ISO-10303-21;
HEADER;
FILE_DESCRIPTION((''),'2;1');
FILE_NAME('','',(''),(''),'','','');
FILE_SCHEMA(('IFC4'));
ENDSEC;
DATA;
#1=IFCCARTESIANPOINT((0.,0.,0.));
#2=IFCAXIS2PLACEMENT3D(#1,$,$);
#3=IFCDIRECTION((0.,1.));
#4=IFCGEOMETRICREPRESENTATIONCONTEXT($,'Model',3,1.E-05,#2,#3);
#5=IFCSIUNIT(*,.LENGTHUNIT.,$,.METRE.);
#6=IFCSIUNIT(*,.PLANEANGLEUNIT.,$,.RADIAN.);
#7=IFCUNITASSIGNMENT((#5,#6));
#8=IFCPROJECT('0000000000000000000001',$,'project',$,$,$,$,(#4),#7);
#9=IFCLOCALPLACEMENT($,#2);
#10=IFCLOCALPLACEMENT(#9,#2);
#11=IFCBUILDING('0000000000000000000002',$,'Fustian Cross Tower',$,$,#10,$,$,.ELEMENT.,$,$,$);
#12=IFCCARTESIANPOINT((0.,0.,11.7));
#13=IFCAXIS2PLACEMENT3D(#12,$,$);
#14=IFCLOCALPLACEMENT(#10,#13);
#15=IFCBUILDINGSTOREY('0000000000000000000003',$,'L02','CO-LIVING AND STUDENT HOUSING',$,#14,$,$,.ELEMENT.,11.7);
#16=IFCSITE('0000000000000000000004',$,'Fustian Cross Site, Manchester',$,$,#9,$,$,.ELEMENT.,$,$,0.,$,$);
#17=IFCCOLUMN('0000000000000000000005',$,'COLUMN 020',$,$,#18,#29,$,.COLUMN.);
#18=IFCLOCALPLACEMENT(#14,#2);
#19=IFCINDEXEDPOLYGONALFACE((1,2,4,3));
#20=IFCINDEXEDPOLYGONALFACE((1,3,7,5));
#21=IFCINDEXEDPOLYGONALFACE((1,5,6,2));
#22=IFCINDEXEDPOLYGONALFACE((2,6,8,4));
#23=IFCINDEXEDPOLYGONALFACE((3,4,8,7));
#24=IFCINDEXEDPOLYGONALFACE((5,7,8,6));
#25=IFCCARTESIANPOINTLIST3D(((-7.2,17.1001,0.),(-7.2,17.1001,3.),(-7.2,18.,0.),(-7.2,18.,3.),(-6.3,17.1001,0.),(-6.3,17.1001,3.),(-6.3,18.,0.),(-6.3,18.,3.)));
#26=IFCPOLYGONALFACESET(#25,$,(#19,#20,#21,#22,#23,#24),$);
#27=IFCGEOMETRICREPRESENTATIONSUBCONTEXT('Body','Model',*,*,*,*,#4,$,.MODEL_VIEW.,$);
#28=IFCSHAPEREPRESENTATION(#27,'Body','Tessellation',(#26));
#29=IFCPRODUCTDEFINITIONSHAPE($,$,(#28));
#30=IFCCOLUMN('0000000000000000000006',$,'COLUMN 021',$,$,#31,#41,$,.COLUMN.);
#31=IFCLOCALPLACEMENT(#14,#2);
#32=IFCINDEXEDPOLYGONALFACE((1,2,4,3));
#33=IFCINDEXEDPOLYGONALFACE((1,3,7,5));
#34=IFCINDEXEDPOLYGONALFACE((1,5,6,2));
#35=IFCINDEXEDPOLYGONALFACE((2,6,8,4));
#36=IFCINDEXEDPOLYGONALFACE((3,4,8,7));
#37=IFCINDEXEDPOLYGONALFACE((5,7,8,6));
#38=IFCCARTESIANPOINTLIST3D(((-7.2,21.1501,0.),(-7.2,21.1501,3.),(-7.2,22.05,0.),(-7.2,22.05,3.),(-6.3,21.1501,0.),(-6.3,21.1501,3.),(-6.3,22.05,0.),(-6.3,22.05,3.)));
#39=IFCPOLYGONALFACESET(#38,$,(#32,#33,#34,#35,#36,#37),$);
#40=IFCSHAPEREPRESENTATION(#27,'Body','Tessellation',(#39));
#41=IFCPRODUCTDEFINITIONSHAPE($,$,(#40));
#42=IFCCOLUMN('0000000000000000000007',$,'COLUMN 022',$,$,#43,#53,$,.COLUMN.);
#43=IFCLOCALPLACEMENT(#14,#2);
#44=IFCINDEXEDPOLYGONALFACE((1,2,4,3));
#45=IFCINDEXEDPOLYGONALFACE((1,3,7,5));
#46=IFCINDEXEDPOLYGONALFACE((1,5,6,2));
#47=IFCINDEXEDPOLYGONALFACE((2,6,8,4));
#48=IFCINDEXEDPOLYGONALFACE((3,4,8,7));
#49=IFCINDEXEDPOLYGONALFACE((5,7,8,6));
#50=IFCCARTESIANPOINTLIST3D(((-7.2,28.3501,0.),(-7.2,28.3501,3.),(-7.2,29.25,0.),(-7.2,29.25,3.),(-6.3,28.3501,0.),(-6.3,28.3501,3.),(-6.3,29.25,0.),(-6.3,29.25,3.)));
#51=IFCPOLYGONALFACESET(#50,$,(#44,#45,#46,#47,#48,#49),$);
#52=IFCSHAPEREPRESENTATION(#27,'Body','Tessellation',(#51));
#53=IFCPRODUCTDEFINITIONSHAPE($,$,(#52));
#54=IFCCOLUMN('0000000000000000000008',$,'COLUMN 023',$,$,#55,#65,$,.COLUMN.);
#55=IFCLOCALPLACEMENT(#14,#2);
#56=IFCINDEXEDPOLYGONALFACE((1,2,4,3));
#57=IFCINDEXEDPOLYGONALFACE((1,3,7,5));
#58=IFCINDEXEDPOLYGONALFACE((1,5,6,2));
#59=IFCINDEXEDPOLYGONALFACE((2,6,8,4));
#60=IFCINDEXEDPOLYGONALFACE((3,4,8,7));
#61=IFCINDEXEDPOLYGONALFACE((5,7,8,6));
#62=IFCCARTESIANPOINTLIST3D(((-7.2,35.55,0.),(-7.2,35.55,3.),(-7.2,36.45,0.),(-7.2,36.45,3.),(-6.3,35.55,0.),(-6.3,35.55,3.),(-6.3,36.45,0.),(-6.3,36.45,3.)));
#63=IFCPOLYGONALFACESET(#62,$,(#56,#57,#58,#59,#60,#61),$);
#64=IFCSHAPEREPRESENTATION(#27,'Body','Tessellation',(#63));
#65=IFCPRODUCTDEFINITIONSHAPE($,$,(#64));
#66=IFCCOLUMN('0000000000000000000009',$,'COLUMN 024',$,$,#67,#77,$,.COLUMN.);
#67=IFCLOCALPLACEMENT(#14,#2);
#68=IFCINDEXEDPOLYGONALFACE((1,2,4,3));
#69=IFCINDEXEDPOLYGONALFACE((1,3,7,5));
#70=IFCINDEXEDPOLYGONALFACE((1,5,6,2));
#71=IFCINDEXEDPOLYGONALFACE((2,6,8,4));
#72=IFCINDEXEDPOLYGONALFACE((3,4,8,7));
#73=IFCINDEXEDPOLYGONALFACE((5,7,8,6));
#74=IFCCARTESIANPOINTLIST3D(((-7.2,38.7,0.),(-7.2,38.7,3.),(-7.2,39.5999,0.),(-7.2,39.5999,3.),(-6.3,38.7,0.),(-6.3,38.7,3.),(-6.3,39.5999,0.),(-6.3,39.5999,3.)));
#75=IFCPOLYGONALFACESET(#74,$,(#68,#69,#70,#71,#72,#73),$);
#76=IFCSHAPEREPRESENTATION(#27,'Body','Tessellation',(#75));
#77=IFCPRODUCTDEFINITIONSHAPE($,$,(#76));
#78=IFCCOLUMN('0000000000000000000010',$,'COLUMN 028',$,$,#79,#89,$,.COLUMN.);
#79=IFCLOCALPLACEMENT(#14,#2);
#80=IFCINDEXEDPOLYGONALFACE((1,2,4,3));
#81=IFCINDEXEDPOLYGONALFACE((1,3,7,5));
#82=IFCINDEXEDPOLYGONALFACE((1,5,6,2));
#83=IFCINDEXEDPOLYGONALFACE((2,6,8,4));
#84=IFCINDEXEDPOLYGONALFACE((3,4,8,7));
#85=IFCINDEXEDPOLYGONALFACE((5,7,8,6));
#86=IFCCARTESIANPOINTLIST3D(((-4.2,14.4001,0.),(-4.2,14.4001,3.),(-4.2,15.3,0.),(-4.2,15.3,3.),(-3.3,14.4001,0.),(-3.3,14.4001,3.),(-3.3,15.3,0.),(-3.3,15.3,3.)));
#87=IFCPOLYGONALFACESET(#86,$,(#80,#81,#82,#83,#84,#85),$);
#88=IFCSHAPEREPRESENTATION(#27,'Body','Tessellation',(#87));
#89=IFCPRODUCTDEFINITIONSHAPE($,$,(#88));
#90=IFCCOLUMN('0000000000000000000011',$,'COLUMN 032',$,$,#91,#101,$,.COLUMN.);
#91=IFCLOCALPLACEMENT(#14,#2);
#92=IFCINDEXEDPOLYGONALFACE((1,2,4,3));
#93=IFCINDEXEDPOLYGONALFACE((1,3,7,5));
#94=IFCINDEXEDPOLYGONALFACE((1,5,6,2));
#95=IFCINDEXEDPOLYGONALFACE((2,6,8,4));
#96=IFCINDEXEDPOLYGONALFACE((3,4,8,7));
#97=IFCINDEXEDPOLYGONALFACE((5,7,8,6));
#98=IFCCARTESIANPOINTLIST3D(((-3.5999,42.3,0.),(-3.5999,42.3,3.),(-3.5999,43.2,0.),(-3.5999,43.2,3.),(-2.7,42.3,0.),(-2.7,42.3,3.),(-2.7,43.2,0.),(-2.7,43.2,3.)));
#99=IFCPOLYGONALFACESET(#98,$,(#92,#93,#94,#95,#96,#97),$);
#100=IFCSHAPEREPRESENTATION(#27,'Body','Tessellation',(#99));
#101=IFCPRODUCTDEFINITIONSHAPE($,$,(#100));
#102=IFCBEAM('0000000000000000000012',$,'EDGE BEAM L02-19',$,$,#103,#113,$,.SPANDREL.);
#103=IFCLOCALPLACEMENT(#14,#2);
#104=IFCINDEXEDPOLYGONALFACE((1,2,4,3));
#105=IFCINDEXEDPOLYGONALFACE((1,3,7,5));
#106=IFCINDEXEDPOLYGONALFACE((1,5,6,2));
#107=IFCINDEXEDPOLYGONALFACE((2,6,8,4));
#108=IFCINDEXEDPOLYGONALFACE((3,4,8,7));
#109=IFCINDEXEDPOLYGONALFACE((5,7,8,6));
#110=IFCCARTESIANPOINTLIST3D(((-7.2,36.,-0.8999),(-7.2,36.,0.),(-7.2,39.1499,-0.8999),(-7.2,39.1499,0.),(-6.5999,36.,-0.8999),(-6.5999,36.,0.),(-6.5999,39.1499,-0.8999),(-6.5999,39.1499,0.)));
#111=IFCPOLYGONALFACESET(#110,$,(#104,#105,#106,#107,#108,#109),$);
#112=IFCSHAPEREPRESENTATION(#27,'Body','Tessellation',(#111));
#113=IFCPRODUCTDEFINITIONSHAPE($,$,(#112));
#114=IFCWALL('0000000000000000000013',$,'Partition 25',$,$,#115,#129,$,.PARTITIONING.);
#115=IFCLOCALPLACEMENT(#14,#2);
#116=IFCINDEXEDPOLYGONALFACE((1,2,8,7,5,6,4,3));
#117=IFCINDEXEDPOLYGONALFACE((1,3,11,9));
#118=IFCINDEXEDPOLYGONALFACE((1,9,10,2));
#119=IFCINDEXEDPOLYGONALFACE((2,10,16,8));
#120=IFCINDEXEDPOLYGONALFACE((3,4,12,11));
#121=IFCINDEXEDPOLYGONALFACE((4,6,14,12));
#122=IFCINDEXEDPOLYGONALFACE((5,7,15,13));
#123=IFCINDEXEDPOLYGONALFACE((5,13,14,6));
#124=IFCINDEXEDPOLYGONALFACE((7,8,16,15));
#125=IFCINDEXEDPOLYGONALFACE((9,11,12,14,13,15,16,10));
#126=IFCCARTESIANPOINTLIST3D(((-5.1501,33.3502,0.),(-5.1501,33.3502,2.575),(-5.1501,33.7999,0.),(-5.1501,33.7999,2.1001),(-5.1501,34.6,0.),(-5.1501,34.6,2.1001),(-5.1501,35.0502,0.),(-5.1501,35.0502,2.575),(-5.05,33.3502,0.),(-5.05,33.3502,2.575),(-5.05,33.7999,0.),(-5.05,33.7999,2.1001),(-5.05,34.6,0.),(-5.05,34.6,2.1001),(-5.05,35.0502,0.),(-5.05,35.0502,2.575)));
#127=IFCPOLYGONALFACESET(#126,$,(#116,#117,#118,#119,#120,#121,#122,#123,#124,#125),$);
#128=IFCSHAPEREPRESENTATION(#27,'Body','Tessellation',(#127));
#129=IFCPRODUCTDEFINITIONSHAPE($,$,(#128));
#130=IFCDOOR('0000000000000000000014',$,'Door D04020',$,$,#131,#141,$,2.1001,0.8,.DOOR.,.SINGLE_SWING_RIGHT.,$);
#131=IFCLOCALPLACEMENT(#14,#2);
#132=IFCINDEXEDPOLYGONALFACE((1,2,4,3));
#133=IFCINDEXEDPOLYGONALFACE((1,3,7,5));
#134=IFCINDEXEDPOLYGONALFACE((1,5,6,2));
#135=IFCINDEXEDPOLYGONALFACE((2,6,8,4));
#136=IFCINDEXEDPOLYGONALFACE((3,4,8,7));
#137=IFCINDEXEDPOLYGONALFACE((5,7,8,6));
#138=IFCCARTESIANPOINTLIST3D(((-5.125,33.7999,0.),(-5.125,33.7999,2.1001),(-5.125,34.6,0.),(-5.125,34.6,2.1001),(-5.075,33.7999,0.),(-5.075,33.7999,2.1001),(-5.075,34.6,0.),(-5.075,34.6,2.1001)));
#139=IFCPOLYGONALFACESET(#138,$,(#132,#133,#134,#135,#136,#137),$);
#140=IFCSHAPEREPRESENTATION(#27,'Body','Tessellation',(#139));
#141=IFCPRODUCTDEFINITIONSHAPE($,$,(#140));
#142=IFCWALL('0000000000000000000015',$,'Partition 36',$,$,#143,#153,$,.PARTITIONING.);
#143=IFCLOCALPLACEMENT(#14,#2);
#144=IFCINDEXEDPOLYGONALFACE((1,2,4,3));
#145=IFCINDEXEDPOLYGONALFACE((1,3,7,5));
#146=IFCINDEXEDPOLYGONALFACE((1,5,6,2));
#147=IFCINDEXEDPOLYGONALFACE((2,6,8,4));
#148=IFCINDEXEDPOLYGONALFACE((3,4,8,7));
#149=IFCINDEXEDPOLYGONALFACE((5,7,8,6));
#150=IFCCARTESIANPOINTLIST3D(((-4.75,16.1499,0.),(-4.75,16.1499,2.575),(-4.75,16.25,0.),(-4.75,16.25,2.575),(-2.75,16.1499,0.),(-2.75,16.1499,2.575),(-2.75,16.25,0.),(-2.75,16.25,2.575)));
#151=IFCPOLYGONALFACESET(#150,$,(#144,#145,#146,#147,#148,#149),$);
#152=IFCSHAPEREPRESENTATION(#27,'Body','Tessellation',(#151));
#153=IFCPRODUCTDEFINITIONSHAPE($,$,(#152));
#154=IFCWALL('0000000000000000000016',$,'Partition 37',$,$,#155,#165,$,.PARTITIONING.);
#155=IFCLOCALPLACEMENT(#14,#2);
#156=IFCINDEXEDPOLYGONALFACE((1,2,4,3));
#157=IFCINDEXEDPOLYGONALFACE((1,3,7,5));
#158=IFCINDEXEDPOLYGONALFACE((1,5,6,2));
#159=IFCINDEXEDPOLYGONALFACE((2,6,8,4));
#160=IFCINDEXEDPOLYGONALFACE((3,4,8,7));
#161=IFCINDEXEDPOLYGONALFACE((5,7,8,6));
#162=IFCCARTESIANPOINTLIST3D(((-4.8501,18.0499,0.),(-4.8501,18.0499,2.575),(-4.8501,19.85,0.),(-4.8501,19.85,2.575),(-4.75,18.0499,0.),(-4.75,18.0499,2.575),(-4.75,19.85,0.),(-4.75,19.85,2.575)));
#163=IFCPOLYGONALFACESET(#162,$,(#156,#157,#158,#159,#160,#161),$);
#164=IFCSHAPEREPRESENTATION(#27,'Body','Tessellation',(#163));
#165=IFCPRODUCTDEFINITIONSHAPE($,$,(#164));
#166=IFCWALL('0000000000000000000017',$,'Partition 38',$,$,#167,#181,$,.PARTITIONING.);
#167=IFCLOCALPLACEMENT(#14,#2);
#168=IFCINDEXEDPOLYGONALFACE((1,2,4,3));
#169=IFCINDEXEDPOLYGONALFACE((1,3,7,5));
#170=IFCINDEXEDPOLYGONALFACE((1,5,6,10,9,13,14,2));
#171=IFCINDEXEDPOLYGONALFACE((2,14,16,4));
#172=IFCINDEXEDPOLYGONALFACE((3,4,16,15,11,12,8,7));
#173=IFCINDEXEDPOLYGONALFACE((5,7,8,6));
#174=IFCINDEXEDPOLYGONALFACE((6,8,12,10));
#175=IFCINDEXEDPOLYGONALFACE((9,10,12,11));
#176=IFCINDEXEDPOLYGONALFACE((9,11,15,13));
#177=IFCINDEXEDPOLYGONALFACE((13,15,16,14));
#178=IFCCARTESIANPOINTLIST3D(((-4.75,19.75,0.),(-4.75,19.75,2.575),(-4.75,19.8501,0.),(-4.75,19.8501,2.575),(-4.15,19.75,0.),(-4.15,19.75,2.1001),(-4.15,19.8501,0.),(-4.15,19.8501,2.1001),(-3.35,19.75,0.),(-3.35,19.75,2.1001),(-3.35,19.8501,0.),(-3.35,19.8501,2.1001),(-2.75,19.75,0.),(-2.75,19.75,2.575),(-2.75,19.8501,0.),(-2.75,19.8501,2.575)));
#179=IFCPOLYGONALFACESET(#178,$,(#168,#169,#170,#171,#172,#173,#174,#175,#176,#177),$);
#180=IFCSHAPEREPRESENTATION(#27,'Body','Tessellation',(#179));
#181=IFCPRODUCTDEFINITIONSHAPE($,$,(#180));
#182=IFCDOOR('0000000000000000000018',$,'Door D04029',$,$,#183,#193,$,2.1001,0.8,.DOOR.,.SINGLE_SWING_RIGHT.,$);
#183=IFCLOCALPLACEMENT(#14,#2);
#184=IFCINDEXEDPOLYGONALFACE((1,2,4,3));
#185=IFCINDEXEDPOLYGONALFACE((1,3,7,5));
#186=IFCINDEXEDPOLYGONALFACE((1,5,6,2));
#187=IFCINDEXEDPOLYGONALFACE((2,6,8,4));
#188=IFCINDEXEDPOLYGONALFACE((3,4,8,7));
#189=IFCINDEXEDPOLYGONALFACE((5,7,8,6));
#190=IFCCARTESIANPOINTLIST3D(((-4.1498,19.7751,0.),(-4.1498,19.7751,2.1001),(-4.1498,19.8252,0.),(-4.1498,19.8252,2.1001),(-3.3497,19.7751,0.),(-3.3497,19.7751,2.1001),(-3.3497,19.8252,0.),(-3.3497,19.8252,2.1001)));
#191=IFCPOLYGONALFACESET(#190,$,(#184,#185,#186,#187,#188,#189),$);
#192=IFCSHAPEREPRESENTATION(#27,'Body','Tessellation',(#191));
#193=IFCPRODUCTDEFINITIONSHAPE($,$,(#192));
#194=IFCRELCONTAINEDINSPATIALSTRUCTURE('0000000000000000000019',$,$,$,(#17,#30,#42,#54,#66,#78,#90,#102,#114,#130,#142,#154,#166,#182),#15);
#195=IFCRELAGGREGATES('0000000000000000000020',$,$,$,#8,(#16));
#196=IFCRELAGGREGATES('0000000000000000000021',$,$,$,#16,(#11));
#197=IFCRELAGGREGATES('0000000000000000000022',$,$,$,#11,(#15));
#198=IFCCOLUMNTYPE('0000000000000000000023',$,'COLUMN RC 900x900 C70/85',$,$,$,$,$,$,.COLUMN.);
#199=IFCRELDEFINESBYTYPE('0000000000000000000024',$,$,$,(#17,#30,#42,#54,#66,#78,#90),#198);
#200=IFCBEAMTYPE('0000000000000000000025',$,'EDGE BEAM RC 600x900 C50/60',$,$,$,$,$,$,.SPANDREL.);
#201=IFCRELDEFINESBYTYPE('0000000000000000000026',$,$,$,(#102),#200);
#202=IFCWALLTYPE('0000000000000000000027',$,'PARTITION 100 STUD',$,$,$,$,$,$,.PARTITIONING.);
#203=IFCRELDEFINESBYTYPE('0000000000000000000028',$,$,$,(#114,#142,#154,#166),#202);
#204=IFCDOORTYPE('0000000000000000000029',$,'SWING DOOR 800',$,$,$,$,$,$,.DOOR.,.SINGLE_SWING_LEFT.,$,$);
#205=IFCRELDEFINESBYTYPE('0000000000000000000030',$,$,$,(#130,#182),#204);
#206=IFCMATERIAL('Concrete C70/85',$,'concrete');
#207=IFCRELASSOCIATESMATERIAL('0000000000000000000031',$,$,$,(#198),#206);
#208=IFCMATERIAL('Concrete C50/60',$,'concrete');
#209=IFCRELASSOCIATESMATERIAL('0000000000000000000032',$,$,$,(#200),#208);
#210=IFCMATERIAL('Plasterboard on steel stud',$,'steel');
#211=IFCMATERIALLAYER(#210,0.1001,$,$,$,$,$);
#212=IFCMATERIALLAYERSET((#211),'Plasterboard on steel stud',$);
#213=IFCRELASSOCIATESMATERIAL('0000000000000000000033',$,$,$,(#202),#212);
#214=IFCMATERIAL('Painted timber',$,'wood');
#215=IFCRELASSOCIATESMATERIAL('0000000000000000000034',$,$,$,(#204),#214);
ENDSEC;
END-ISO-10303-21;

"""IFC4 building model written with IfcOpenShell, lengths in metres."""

from ifc_helpers import new_model, si_unit, direction, frame, frame_2d, origin, origin_2d, place, context, subcontext, project, spatial, rectangle, extrude, material, layer, layer_set, material_profile, profile_set, type_object, element, fill, save


model = new_model("IFC4")

# Units and contexts
model_context = context("Model", 3, precision=1e-05, world=origin(), true_north=direction((0.0, 1.0)))
body_context = subcontext(model_context, "Body", "Model", "MODEL_VIEW")
ifc_project = project(units=[si_unit("LENGTHUNIT", "METRE"), si_unit("PLANEANGLEUNIT", "RADIAN")], contexts=[model_context])

# Site, building, storey
site_placement = place(None, origin())
site = spatial("IfcSite", under=ifc_project, at=site_placement, Name="Fustian Cross Site, Manchester", CompositionType="ELEMENT", RefElevation=0.0)
building_placement = place(site_placement, origin())
building = spatial("IfcBuilding", under=site, at=building_placement, Name="Fustian Cross Tower", CompositionType="ELEMENT")
storey_placement = place(building_placement, frame((0.0, 0.0, 11.7)))
storey = spatial("IfcBuildingStorey", under=building, at=storey_placement, Name="L02", Description="CO-LIVING AND STUDENT HOUSING", CompositionType="ELEMENT", Elevation=11.7)

# Columns
ifc_material_1 = material(Name="Concrete C70/85", Category="concrete")
ifc_material_profile_1 = material_profile(ifc_material_1, rectangle(XDim=0.8999, YDim=0.8999, at=origin_2d()), Name="RC 900x900")
ifc_profile_set_1 = profile_set([ifc_material_profile_1], Name="Concrete C70/85")
column_type = type_object("IfcColumnType", Name="COLUMN RC 900x900 C70/85", PredefinedType="COLUMN", material=ifc_profile_set_1)
for number, where, z_axis, x_axis, name in (
    (1, (-6.75, 17.55, 0.0), (0.0, 0.0, 1.0), (1.0, 0.0, 0.0), "COLUMN 020"),
    (2, (-6.75, 21.6001, 0.0), (0.0, 0.0, 1.0), (1.0, 0.0, 0.0), "COLUMN 021"),
    (3, (-6.75, 28.8, 0.0), (0.0, 0.0, 1.0), (1.0, 0.0, 0.0), "COLUMN 022"),
    (4, (-6.75, 36.0, 0.0), (0.0, 0.0, 1.0), (1.0, 0.0, 0.0), "COLUMN 023"),
    (5, (-6.75, 39.1499, 0.0), (0.0, 0.0, 1.0), (1.0, 0.0, 0.0), "COLUMN 024"),
    (6, (-3.75, 14.8501, 0.0), (0.0, 0.0, 1.0), (1.0, 0.0, 0.0), "COLUMN 028"),
    (7, (-3.1499, 42.75, 0.0), (0.0, 0.0, 1.0), (1.0, 0.0, 0.0), "COLUMN 032"),
):
    element("IfcColumn", number, at=place(storey_placement, frame(where, z_axis=z_axis, x_axis=x_axis)), inside=storey, type_object=column_type, Name=name, PredefinedType="COLUMN", context=body_context, shape_type="SweptSolid", body=[
        extrude(rectangle(XDim=0.8999, YDim=0.8999, at=origin_2d()), origin(), (0.0, 0.0, 1.0), 3.0),
    ])

# Beam
ifc_material_2 = material(Name="Concrete C50/60", Category="concrete")
ifc_material_profile_2 = material_profile(ifc_material_2, rectangle(XDim=0.6001, YDim=0.8999, at=origin_2d()), Name="RC 600x900")
ifc_profile_set_2 = profile_set([ifc_material_profile_2], Name="Concrete C50/60")
beam_type = type_object("IfcBeamType", Name="EDGE BEAM RC 600x900 C50/60", PredefinedType="SPANDREL", material=ifc_profile_set_2)
beam_placement = place(storey_placement, frame((-6.8999, 39.1499, -0.45), z_axis=(0.0, -1.0, 0.0), x_axis=(1.0, 0.0, 0.0)))
element("IfcBeam", 8, at=beam_placement, inside=storey, type_object=beam_type, Name="EDGE BEAM L02-19", PredefinedType="SPANDREL", context=body_context, shape_type="SweptSolid", body=[
    extrude(rectangle(XDim=0.6001, YDim=0.8999, at=origin_2d()), origin(), (0.0, 0.0, 1.0), 3.1499),
])

# Wall, opening, door
ifc_material_3 = material(Name="Plasterboard on steel stud", Category="steel")
ifc_layer_1 = layer(ifc_material_3, 0.1001)
ifc_layer_set_1 = layer_set([ifc_layer_1], Name="Plasterboard on steel stud")
wall_type_1 = type_object("IfcWallType", Name="PARTITION 100 STUD", PredefinedType="PARTITIONING", material=ifc_layer_set_1)
wall_1_placement = place(storey_placement, frame((-5.1001, 33.3501, 0.0), z_axis=(0.0, 0.0, 1.0), x_axis=(0.0, 1.0, 0.0)))
wall_1 = element("IfcWall", 9, at=wall_1_placement, inside=storey, type_object=wall_type_1, Name="Partition 25", PredefinedType="PARTITIONING", context=body_context, shape_type="SweptSolid", body=[
    extrude(rectangle(XDim=1.7, YDim=0.1001, at=frame_2d((0.8501, 0.0))), origin(), (0.0, 0.0, 1.0), 2.575),
])
opening_1_placement = place(wall_1_placement, frame((0.45, 0.0, 0.0)))
opening_1 = element("IfcOpeningElement", 10, at=opening_1_placement, cuts=wall_1, PredefinedType="OPENING", context=body_context, shape_type="SweptSolid", body=[
    extrude(rectangle(XDim=0.8, YDim=2.1001, at=frame_2d((0.3999, 1.05))), frame((0.0, 0.0601, 0.0), z_axis=(0.0, -1.0, 0.0), x_axis=(1.0, 0.0, 0.0)), (0.0, 0.0, 1.0), 0.1201),
])
ifc_material_4 = material(Name="Painted timber", Category="wood")
door_type_1 = type_object("IfcDoorType", Name="SWING DOOR 800", OperationType="SINGLE_SWING_LEFT", PredefinedType="DOOR", material=ifc_material_4)
door_1_placement = place(opening_1_placement, origin())
door_1 = element("IfcDoor", 11, at=door_1_placement, inside=storey, type_object=door_type_1, Name="Door D04020", OperationType="SINGLE_SWING_RIGHT", OverallHeight=2.1001, OverallWidth=0.8, PredefinedType="DOOR", context=body_context, shape_type="SweptSolid", body=[
    extrude(rectangle(XDim=0.8, YDim=2.1001, at=frame_2d((0.3999, 1.05))), frame((0.0, 0.0249, 0.0), z_axis=(0.0, -1.0, 0.0), x_axis=(1.0, 0.0, 0.0)), (0.0, 0.0, 1.0), 0.05),
])
fill(opening_1, door_1)

# Walls
wall_2_placement = place(storey_placement, frame((-4.75, 16.2, 0.0), z_axis=(0.0, 0.0, 1.0), x_axis=(1.0, 0.0, 0.0)))
element("IfcWall", 12, at=wall_2_placement, inside=storey, type_object=wall_type_1, Name="Partition 36", PredefinedType="PARTITIONING", context=body_context, shape_type="SweptSolid", body=[
    extrude(rectangle(XDim=2.0, YDim=0.1001, at=frame_2d((1.0, 0.0))), origin(), (0.0, 0.0, 1.0), 2.575),
])
wall_3_placement = place(storey_placement, frame((-4.8, 18.05, 0.0), z_axis=(0.0, 0.0, 1.0), x_axis=(0.0, 1.0, 0.0)))
element("IfcWall", 13, at=wall_3_placement, inside=storey, type_object=wall_type_1, Name="Partition 37", PredefinedType="PARTITIONING", context=body_context, shape_type="SweptSolid", body=[
    extrude(rectangle(XDim=1.8, YDim=0.1001, at=frame_2d((0.8999, 0.0))), origin(), (0.0, 0.0, 1.0), 2.575),
])

# Wall, opening, door
wall_4_placement = place(storey_placement, frame((-4.75, 19.8, 0.0), z_axis=(0.0, 0.0, 1.0), x_axis=(1.0, 0.0, 0.0)))
wall_4 = element("IfcWall", 14, at=wall_4_placement, inside=storey, type_object=wall_type_1, Name="Partition 38", PredefinedType="PARTITIONING", context=body_context, shape_type="SweptSolid", body=[
    extrude(rectangle(XDim=2.0, YDim=0.1001, at=frame_2d((1.0, 0.0))), origin(), (0.0, 0.0, 1.0), 2.575),
])
opening_2_placement = place(wall_4_placement, frame((0.6001, 0.0, 0.0)))
opening_2 = element("IfcOpeningElement", 15, at=opening_2_placement, cuts=wall_4, PredefinedType="OPENING", context=body_context, shape_type="SweptSolid", body=[
    extrude(rectangle(XDim=0.8, YDim=2.1001, at=frame_2d((0.3999, 1.05))), frame((0.0, 0.0601, 0.0), z_axis=(0.0, -1.0, 0.0), x_axis=(1.0, 0.0, 0.0)), (0.0, 0.0, 1.0), 0.1201),
])
door_2_placement = place(opening_2_placement, frame((0.8, 0.0, 0.0), z_axis=(0.0, 0.0, 1.0), x_axis=(-1.0, 0.0, 0.0)))
door_2 = element("IfcDoor", 16, at=door_2_placement, inside=storey, type_object=door_type_1, Name="Door D04029", OperationType="SINGLE_SWING_RIGHT", OverallHeight=2.1001, OverallWidth=0.8, PredefinedType="DOOR", context=body_context, shape_type="SweptSolid", body=[
    extrude(rectangle(XDim=0.8, YDim=2.1001, at=frame_2d((0.3999, 1.05))), frame((0.0, 0.0249, 0.0), z_axis=(0.0, -1.0, 0.0), x_axis=(1.0, 0.0, 0.0)), (0.0, 0.0, 1.0), 0.05),
])
fill(opening_2, door_2)

save(model, "model.ifc")
